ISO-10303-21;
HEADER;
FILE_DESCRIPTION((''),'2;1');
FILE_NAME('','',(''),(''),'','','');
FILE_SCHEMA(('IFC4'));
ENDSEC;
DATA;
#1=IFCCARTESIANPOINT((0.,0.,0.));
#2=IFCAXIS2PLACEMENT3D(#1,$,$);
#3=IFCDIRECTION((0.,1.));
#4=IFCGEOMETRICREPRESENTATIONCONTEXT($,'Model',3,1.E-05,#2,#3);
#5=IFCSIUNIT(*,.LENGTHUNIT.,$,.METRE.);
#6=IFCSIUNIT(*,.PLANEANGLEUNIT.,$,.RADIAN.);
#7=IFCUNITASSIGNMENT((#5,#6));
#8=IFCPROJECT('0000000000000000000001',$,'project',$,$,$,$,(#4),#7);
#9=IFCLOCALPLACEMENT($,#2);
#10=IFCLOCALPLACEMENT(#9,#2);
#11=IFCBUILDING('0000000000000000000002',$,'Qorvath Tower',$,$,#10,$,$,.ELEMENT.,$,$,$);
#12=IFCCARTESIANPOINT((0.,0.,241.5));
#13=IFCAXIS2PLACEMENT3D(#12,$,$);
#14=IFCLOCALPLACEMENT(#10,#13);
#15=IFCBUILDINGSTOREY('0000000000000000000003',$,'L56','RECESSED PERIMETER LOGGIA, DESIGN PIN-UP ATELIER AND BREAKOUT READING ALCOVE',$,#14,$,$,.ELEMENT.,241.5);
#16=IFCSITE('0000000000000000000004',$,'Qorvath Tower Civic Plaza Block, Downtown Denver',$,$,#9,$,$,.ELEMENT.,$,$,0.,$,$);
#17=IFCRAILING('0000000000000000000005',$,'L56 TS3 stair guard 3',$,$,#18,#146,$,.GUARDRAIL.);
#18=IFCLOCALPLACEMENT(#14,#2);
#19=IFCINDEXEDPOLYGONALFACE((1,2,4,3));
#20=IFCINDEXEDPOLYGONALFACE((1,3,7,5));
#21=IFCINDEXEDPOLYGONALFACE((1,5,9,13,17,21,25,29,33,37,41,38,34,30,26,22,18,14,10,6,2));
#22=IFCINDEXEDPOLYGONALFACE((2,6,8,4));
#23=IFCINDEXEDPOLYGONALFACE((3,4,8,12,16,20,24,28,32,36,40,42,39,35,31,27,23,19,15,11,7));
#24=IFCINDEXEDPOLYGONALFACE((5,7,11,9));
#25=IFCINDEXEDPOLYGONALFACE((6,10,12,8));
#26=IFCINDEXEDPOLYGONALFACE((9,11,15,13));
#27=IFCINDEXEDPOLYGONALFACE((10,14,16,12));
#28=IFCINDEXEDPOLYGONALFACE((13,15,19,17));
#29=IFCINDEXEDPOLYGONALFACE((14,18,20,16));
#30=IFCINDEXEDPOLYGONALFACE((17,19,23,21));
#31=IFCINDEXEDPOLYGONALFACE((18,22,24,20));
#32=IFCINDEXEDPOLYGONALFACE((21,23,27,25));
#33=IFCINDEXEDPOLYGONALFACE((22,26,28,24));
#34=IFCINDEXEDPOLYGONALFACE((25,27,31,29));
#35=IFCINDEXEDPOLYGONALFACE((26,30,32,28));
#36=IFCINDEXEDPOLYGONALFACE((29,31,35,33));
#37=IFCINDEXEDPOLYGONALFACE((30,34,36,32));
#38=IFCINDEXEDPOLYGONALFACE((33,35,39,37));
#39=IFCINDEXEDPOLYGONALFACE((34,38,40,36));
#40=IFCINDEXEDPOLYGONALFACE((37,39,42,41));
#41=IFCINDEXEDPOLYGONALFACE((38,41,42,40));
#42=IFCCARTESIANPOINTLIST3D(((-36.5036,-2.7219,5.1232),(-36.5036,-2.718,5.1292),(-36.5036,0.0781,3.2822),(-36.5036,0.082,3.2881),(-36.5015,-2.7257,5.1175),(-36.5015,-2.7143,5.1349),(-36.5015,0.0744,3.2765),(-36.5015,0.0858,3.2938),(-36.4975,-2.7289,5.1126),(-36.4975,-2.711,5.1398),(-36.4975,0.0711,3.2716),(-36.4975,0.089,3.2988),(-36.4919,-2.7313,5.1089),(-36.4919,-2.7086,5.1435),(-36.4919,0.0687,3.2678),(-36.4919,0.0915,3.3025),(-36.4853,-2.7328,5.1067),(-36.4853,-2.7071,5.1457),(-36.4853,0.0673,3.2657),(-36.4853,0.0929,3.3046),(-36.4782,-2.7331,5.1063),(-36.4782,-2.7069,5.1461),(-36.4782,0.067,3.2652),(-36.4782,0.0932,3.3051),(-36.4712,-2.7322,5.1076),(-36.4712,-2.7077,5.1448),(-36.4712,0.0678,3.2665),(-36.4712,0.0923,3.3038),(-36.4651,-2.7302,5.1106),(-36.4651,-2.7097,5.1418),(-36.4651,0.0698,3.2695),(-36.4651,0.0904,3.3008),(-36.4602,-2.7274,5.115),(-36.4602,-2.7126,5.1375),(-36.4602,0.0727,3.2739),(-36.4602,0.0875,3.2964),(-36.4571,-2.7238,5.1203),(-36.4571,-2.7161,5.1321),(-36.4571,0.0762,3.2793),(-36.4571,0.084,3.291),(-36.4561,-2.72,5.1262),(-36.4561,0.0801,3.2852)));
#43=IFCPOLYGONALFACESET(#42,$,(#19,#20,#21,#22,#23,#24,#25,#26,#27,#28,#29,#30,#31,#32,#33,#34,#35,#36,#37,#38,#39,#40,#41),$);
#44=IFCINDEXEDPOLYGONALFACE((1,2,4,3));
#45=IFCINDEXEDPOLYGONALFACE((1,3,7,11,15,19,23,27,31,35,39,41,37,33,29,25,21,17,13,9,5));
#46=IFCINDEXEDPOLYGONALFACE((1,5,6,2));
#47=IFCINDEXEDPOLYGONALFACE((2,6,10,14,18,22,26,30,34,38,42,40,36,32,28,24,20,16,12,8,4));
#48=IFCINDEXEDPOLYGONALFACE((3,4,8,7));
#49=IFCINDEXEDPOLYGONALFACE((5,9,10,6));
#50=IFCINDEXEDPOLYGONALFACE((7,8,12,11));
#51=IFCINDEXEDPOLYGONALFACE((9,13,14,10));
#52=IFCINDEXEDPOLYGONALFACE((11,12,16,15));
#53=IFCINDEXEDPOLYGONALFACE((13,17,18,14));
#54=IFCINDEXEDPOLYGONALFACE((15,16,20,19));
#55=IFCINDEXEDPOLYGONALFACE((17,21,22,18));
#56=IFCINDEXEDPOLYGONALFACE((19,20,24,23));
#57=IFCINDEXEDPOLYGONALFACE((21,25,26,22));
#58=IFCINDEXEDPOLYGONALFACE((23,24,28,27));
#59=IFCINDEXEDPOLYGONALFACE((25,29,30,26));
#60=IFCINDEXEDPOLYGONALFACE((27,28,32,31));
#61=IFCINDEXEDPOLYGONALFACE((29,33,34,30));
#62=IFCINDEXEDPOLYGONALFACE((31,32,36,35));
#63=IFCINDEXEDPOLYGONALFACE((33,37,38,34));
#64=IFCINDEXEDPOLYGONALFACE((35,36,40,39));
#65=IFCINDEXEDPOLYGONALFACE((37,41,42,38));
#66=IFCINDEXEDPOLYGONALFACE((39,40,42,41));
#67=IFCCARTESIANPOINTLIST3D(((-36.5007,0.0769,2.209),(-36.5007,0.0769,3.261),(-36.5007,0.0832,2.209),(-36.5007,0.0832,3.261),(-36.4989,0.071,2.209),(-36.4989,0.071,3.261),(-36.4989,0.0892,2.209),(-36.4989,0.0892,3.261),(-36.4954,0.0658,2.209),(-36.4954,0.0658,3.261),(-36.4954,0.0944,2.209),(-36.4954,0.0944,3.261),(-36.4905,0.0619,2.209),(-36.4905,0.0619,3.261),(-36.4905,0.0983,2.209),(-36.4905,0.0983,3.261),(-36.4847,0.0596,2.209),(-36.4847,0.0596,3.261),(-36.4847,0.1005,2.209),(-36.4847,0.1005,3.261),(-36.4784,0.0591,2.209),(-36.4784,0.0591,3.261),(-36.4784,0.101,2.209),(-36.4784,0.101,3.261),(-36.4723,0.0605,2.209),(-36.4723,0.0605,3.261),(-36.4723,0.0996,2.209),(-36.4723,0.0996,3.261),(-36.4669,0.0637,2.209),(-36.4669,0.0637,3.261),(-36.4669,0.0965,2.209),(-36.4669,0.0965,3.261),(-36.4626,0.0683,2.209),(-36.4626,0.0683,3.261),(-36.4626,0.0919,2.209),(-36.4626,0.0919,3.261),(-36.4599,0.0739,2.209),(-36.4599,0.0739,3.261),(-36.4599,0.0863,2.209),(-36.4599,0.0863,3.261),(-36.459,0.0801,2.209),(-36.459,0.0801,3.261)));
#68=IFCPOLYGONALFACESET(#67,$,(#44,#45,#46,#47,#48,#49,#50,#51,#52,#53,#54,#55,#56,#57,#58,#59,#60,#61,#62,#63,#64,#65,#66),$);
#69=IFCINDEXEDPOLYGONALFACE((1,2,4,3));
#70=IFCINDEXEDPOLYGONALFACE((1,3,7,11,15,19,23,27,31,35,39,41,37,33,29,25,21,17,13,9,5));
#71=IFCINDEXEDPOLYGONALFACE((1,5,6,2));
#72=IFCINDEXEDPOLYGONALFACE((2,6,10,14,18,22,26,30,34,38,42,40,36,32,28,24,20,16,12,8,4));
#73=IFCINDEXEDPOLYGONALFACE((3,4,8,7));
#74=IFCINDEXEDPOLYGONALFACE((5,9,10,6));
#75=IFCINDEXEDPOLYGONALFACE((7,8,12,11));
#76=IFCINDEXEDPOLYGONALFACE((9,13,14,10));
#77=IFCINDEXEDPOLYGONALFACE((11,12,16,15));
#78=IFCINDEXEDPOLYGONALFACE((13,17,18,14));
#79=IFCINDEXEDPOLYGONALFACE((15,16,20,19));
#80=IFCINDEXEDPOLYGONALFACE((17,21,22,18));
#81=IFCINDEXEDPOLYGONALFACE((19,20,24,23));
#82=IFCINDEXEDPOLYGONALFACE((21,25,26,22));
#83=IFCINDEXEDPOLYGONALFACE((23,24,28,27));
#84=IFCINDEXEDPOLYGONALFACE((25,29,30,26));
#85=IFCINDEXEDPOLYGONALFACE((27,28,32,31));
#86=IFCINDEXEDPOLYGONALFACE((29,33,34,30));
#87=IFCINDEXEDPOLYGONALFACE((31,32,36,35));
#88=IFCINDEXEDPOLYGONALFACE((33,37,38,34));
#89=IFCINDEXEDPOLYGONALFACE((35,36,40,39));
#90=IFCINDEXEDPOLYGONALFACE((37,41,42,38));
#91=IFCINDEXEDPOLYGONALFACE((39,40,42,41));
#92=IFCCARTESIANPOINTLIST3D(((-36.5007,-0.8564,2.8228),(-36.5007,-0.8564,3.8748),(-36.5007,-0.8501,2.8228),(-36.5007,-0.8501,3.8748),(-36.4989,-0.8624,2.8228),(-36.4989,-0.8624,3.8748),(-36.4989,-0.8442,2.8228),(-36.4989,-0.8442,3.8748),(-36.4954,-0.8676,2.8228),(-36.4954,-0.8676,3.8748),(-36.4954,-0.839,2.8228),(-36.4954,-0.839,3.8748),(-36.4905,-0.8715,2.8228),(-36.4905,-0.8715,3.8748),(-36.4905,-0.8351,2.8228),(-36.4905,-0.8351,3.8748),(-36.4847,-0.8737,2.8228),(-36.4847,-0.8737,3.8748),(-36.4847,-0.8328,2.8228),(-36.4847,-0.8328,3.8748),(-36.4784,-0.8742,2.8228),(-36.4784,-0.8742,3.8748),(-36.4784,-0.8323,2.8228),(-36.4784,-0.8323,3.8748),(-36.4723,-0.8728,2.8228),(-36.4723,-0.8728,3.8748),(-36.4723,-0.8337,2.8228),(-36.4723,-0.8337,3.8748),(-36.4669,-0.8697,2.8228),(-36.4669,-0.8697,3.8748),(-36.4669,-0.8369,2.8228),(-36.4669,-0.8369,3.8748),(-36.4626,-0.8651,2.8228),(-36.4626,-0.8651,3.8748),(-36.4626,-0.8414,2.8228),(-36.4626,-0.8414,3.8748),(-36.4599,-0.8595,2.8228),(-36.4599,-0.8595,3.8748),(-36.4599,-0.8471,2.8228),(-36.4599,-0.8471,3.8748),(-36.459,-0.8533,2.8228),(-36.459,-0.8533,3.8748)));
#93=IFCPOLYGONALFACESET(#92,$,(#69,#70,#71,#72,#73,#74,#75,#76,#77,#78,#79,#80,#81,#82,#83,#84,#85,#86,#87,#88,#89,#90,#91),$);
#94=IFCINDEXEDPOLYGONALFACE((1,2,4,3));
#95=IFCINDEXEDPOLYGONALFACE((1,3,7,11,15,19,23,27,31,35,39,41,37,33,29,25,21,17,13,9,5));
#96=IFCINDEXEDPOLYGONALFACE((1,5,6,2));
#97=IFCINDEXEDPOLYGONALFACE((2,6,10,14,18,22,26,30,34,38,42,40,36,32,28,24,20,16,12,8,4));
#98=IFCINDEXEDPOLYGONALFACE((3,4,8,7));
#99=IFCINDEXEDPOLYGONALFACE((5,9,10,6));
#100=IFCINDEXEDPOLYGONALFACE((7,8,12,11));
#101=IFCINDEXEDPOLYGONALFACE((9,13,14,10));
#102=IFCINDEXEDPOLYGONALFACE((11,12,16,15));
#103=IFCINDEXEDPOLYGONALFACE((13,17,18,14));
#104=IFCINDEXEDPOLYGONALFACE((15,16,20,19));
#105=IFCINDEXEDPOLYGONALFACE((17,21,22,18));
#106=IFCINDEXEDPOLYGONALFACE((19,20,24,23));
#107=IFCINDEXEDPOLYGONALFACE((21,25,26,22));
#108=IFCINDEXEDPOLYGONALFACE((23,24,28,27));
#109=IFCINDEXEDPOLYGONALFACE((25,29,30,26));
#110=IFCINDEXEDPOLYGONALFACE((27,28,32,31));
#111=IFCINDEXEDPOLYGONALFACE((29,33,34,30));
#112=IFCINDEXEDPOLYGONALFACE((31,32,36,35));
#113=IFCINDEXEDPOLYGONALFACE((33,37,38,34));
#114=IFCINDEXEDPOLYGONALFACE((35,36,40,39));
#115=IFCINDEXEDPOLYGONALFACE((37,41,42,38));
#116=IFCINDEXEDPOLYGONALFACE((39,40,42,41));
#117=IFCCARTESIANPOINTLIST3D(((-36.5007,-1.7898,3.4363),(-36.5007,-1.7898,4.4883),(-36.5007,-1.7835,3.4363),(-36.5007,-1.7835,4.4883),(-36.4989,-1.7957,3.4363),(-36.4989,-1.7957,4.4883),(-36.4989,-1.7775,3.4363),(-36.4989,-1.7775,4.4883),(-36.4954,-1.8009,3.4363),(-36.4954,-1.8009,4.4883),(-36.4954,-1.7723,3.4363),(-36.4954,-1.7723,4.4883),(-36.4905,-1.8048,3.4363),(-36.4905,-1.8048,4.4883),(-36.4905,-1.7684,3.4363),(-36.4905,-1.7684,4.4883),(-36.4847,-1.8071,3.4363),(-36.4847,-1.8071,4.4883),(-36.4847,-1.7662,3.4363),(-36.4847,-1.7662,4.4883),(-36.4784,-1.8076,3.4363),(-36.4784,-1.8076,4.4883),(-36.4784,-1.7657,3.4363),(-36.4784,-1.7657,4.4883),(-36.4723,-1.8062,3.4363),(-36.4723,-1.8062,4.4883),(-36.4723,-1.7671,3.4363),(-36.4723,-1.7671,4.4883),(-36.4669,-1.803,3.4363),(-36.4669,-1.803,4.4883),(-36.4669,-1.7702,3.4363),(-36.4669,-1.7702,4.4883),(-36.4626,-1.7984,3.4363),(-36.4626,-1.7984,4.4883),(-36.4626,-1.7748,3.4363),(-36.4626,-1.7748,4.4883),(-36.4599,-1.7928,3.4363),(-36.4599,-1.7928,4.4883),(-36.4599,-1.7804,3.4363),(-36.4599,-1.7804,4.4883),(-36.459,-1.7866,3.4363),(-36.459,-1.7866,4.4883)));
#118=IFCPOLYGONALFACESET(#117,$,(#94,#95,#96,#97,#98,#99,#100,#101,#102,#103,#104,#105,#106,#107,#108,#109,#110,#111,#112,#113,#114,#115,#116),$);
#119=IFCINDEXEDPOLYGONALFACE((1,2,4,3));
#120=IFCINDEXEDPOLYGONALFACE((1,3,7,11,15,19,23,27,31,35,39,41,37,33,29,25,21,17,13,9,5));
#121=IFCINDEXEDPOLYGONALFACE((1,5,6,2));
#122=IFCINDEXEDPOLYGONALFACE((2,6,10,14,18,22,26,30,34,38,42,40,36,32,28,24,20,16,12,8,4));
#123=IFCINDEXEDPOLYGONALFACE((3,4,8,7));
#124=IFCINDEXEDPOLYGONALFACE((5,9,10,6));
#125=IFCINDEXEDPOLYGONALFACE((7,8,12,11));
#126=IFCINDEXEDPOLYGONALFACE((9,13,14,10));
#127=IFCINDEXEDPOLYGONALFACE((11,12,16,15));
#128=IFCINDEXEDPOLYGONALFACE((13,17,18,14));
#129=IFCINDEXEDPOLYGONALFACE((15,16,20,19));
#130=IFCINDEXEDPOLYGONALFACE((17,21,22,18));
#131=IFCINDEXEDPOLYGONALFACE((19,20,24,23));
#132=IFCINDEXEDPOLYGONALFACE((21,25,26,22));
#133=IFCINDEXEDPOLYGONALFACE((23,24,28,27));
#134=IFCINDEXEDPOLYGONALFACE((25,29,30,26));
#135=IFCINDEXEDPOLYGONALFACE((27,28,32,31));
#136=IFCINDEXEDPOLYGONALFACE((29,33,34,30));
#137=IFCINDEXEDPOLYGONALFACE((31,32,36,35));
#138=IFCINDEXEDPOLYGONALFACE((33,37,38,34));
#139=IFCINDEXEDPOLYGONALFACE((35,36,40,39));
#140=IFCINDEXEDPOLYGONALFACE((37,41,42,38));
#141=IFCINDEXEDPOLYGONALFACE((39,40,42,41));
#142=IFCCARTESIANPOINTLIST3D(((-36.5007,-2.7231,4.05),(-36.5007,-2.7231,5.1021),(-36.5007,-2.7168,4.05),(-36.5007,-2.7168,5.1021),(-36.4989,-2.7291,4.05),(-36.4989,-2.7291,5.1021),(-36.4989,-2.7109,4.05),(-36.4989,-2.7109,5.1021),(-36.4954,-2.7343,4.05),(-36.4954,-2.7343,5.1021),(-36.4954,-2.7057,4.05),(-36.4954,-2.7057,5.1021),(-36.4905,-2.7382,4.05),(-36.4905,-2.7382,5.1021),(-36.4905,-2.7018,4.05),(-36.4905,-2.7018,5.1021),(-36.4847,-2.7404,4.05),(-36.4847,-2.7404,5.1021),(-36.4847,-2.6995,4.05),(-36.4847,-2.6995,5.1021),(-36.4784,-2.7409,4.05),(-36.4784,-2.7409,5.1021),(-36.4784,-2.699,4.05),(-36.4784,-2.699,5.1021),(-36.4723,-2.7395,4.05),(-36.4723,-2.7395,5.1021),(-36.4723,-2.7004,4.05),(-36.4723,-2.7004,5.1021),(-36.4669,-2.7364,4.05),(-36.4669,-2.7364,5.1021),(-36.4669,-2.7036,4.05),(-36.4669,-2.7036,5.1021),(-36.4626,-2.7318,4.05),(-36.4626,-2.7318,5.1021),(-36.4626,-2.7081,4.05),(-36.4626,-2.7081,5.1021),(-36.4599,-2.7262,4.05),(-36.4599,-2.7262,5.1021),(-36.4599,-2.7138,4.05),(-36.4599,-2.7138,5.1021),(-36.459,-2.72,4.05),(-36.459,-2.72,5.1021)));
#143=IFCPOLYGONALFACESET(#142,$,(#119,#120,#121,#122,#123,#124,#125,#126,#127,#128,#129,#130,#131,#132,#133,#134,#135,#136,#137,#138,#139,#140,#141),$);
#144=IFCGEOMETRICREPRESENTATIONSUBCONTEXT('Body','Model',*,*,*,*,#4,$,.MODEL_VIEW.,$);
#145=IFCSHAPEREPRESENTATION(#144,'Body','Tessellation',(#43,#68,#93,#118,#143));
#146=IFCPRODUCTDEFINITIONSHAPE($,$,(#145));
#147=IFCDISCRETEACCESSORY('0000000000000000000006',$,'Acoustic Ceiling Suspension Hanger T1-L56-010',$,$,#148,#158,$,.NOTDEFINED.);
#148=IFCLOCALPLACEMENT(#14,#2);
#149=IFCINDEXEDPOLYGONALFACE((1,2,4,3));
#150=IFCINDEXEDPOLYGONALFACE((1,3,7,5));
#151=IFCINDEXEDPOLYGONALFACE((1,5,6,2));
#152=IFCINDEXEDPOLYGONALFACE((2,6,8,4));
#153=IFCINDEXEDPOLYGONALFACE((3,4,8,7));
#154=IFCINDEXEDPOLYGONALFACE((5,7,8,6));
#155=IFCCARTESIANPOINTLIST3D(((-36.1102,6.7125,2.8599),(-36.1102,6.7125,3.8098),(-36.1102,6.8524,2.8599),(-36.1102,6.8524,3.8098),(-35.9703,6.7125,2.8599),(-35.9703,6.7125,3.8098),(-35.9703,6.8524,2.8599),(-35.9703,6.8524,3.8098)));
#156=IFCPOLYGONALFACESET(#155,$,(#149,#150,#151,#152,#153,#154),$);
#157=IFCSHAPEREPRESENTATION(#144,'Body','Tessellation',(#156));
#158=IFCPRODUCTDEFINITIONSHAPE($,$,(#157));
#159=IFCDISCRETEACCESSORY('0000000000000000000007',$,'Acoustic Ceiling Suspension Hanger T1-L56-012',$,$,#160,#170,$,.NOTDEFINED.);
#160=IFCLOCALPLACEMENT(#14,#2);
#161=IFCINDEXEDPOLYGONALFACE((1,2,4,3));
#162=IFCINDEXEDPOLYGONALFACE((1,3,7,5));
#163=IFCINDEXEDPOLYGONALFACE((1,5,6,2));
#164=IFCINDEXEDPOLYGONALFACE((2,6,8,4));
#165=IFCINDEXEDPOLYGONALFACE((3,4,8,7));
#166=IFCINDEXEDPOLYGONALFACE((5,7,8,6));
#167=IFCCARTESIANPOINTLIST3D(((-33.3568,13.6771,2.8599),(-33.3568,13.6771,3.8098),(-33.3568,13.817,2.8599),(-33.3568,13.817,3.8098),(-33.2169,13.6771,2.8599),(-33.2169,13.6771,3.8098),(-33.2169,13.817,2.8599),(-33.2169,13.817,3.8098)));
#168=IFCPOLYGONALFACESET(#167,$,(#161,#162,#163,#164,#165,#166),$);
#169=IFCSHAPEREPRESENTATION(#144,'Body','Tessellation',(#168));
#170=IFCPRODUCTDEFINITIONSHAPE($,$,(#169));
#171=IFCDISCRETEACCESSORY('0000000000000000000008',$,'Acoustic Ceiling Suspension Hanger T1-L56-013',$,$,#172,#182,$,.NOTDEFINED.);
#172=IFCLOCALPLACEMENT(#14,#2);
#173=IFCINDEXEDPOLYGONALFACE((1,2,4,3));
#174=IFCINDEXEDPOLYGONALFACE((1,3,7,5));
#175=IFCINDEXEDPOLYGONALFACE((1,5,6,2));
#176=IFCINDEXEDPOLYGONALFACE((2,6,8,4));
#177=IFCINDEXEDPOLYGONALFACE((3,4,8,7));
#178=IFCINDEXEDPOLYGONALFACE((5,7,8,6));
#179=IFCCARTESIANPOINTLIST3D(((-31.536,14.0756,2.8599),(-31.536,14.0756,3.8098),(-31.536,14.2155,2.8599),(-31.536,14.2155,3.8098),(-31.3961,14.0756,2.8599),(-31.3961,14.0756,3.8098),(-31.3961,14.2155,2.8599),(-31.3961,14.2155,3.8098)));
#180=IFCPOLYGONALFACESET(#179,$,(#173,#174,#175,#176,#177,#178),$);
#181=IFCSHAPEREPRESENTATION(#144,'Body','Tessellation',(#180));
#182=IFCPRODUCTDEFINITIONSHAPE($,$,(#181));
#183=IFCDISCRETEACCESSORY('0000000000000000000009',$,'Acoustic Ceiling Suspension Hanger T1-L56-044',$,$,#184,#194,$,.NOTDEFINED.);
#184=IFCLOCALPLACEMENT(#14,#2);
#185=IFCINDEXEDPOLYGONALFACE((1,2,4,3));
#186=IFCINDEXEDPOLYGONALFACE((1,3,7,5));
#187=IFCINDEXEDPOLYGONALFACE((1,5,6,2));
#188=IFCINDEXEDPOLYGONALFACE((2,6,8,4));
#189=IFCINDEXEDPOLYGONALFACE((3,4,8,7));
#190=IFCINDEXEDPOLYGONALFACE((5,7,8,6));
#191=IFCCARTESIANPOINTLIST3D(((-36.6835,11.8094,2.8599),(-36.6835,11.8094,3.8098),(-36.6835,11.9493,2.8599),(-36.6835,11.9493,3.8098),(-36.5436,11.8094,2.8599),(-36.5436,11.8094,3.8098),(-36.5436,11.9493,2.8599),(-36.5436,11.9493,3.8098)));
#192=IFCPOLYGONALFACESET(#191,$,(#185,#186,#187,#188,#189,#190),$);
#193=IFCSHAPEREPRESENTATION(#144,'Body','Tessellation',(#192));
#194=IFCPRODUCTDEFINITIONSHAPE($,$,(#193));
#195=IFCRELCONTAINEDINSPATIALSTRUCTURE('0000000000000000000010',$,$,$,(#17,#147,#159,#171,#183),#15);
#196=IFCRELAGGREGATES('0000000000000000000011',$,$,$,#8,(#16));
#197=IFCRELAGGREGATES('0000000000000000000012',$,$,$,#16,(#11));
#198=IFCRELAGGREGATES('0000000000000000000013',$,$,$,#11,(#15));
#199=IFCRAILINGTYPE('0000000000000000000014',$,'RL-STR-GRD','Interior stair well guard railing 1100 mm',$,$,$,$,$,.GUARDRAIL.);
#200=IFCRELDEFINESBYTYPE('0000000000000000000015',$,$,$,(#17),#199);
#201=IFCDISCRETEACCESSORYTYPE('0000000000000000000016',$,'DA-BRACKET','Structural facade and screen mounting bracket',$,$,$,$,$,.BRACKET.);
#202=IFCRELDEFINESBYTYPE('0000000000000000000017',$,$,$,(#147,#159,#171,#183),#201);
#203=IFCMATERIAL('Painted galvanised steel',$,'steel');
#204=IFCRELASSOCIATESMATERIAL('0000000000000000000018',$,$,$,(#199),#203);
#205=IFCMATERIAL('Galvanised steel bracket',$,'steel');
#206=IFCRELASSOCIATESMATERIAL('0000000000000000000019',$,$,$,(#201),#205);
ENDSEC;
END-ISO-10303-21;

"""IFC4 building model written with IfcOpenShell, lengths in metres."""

from ifc_helpers import new_model, si_unit, direction, frame, origin, origin_2d, place, context, subcontext, project, spatial, rectangle, circle, extrude, material, type_object, element, save


model = new_model("IFC4")

# Units and contexts
model_context = context("Model", 3, precision=1e-05, world=origin(), true_north=direction((0.0, 1.0)))
body_context = subcontext(model_context, "Body", "Model", "MODEL_VIEW")
ifc_project = project(units=[si_unit("LENGTHUNIT", "METRE"), si_unit("PLANEANGLEUNIT", "RADIAN")], contexts=[model_context])

# Site, building, storey
site_placement = place(None, origin())
site = spatial("IfcSite", under=ifc_project, at=site_placement, Name="Qorvath Tower Civic Plaza Block, Downtown Denver", CompositionType="ELEMENT", RefElevation=0.0)
building_placement = place(site_placement, origin())
building = spatial("IfcBuilding", under=site, at=building_placement, Name="Qorvath Tower", CompositionType="ELEMENT")
storey_placement = place(building_placement, frame((0.0, 0.0, 241.5)))
storey = spatial("IfcBuildingStorey", under=building, at=storey_placement, Name="L56", Description="RECESSED PERIMETER LOGGIA, DESIGN PIN-UP ATELIER AND BREAKOUT READING ALCOVE", CompositionType="ELEMENT", Elevation=241.5)

# Railing
ifc_material_1 = material(Name="Painted galvanised steel", Category="steel")
railing_type = type_object("IfcRailingType", Name="RL-STR-GRD", Description="Interior stair well guard railing 1100 mm", PredefinedType="GUARDRAIL", material=ifc_material_1)
railing_1_placement = place(storey_placement, frame((-36.48, 0.0801, 2.209)))
element("IfcRailing", 1, at=railing_1_placement, inside=storey, type_object=railing_type, Name="L56 TS3 stair guard 3", PredefinedType="GUARDRAIL", context=body_context, shape_type="SweptSolid", body=[
    extrude(circle(Radius=0.0239, at=origin_2d()), frame((0.0, 0.0, 1.0762), z_axis=(0.0, -0.835564, 0.549393), x_axis=(1.0, 0.0, 0.0)), (0.0, 0.0, 1.0), 3.3511),
    extrude(circle(Radius=0.021, at=origin_2d()), origin(), (0.0, 0.0, 1.0), 1.052),
    extrude(circle(Radius=0.021, at=origin_2d()), frame((0.0, -0.9333, 0.6138)), (0.0, 0.0, 1.0), 1.052),
    extrude(circle(Radius=0.021, at=origin_2d()), frame((0.0, -1.8667, 1.2273)), (0.0, 0.0, 1.0), 1.052),
    extrude(circle(Radius=0.021, at=origin_2d()), frame((0.0, -2.8, 1.8411)), (0.0, 0.0, 1.0), 1.052),
])

# Discrete accessories
ifc_material_2 = material(Name="Galvanised steel bracket", Category="steel")
discrete_accessory_type = type_object("IfcDiscreteAccessoryType", Name="DA-BRACKET", Description="Structural facade and screen mounting bracket", PredefinedType="BRACKET", material=ifc_material_2)
for number, where, z_axis, x_axis, name in (
    (2, (-36.0403, 6.7825, 2.8599), (0.0, 0.0, 1.0), (1.0, 0.0, 0.0), "Acoustic Ceiling Suspension Hanger T1-L56-010"),
    (3, (-33.2869, 13.7471, 2.8599), (0.0, 0.0, 1.0), (1.0, 0.0, 0.0), "Acoustic Ceiling Suspension Hanger T1-L56-012"),
    (4, (-31.4661, 14.1455, 2.8599), (0.0, 0.0, 1.0), (1.0, 0.0, 0.0), "Acoustic Ceiling Suspension Hanger T1-L56-013"),
    (5, (-36.6135, 11.8794, 2.8599), (0.0, 0.0, 1.0), (1.0, 0.0, 0.0), "Acoustic Ceiling Suspension Hanger T1-L56-044"),
):
    element("IfcDiscreteAccessory", number, at=place(storey_placement, frame(where, z_axis=z_axis, x_axis=x_axis)), inside=storey, type_object=discrete_accessory_type, Name=name, PredefinedType="NOTDEFINED", context=body_context, shape_type="SweptSolid", body=[
        extrude(rectangle(XDim=0.1399, YDim=0.1399, at=origin_2d()), origin(), (0.0, 0.0, 1.0), 0.95),
    ])

save(model, "model.ifc")
